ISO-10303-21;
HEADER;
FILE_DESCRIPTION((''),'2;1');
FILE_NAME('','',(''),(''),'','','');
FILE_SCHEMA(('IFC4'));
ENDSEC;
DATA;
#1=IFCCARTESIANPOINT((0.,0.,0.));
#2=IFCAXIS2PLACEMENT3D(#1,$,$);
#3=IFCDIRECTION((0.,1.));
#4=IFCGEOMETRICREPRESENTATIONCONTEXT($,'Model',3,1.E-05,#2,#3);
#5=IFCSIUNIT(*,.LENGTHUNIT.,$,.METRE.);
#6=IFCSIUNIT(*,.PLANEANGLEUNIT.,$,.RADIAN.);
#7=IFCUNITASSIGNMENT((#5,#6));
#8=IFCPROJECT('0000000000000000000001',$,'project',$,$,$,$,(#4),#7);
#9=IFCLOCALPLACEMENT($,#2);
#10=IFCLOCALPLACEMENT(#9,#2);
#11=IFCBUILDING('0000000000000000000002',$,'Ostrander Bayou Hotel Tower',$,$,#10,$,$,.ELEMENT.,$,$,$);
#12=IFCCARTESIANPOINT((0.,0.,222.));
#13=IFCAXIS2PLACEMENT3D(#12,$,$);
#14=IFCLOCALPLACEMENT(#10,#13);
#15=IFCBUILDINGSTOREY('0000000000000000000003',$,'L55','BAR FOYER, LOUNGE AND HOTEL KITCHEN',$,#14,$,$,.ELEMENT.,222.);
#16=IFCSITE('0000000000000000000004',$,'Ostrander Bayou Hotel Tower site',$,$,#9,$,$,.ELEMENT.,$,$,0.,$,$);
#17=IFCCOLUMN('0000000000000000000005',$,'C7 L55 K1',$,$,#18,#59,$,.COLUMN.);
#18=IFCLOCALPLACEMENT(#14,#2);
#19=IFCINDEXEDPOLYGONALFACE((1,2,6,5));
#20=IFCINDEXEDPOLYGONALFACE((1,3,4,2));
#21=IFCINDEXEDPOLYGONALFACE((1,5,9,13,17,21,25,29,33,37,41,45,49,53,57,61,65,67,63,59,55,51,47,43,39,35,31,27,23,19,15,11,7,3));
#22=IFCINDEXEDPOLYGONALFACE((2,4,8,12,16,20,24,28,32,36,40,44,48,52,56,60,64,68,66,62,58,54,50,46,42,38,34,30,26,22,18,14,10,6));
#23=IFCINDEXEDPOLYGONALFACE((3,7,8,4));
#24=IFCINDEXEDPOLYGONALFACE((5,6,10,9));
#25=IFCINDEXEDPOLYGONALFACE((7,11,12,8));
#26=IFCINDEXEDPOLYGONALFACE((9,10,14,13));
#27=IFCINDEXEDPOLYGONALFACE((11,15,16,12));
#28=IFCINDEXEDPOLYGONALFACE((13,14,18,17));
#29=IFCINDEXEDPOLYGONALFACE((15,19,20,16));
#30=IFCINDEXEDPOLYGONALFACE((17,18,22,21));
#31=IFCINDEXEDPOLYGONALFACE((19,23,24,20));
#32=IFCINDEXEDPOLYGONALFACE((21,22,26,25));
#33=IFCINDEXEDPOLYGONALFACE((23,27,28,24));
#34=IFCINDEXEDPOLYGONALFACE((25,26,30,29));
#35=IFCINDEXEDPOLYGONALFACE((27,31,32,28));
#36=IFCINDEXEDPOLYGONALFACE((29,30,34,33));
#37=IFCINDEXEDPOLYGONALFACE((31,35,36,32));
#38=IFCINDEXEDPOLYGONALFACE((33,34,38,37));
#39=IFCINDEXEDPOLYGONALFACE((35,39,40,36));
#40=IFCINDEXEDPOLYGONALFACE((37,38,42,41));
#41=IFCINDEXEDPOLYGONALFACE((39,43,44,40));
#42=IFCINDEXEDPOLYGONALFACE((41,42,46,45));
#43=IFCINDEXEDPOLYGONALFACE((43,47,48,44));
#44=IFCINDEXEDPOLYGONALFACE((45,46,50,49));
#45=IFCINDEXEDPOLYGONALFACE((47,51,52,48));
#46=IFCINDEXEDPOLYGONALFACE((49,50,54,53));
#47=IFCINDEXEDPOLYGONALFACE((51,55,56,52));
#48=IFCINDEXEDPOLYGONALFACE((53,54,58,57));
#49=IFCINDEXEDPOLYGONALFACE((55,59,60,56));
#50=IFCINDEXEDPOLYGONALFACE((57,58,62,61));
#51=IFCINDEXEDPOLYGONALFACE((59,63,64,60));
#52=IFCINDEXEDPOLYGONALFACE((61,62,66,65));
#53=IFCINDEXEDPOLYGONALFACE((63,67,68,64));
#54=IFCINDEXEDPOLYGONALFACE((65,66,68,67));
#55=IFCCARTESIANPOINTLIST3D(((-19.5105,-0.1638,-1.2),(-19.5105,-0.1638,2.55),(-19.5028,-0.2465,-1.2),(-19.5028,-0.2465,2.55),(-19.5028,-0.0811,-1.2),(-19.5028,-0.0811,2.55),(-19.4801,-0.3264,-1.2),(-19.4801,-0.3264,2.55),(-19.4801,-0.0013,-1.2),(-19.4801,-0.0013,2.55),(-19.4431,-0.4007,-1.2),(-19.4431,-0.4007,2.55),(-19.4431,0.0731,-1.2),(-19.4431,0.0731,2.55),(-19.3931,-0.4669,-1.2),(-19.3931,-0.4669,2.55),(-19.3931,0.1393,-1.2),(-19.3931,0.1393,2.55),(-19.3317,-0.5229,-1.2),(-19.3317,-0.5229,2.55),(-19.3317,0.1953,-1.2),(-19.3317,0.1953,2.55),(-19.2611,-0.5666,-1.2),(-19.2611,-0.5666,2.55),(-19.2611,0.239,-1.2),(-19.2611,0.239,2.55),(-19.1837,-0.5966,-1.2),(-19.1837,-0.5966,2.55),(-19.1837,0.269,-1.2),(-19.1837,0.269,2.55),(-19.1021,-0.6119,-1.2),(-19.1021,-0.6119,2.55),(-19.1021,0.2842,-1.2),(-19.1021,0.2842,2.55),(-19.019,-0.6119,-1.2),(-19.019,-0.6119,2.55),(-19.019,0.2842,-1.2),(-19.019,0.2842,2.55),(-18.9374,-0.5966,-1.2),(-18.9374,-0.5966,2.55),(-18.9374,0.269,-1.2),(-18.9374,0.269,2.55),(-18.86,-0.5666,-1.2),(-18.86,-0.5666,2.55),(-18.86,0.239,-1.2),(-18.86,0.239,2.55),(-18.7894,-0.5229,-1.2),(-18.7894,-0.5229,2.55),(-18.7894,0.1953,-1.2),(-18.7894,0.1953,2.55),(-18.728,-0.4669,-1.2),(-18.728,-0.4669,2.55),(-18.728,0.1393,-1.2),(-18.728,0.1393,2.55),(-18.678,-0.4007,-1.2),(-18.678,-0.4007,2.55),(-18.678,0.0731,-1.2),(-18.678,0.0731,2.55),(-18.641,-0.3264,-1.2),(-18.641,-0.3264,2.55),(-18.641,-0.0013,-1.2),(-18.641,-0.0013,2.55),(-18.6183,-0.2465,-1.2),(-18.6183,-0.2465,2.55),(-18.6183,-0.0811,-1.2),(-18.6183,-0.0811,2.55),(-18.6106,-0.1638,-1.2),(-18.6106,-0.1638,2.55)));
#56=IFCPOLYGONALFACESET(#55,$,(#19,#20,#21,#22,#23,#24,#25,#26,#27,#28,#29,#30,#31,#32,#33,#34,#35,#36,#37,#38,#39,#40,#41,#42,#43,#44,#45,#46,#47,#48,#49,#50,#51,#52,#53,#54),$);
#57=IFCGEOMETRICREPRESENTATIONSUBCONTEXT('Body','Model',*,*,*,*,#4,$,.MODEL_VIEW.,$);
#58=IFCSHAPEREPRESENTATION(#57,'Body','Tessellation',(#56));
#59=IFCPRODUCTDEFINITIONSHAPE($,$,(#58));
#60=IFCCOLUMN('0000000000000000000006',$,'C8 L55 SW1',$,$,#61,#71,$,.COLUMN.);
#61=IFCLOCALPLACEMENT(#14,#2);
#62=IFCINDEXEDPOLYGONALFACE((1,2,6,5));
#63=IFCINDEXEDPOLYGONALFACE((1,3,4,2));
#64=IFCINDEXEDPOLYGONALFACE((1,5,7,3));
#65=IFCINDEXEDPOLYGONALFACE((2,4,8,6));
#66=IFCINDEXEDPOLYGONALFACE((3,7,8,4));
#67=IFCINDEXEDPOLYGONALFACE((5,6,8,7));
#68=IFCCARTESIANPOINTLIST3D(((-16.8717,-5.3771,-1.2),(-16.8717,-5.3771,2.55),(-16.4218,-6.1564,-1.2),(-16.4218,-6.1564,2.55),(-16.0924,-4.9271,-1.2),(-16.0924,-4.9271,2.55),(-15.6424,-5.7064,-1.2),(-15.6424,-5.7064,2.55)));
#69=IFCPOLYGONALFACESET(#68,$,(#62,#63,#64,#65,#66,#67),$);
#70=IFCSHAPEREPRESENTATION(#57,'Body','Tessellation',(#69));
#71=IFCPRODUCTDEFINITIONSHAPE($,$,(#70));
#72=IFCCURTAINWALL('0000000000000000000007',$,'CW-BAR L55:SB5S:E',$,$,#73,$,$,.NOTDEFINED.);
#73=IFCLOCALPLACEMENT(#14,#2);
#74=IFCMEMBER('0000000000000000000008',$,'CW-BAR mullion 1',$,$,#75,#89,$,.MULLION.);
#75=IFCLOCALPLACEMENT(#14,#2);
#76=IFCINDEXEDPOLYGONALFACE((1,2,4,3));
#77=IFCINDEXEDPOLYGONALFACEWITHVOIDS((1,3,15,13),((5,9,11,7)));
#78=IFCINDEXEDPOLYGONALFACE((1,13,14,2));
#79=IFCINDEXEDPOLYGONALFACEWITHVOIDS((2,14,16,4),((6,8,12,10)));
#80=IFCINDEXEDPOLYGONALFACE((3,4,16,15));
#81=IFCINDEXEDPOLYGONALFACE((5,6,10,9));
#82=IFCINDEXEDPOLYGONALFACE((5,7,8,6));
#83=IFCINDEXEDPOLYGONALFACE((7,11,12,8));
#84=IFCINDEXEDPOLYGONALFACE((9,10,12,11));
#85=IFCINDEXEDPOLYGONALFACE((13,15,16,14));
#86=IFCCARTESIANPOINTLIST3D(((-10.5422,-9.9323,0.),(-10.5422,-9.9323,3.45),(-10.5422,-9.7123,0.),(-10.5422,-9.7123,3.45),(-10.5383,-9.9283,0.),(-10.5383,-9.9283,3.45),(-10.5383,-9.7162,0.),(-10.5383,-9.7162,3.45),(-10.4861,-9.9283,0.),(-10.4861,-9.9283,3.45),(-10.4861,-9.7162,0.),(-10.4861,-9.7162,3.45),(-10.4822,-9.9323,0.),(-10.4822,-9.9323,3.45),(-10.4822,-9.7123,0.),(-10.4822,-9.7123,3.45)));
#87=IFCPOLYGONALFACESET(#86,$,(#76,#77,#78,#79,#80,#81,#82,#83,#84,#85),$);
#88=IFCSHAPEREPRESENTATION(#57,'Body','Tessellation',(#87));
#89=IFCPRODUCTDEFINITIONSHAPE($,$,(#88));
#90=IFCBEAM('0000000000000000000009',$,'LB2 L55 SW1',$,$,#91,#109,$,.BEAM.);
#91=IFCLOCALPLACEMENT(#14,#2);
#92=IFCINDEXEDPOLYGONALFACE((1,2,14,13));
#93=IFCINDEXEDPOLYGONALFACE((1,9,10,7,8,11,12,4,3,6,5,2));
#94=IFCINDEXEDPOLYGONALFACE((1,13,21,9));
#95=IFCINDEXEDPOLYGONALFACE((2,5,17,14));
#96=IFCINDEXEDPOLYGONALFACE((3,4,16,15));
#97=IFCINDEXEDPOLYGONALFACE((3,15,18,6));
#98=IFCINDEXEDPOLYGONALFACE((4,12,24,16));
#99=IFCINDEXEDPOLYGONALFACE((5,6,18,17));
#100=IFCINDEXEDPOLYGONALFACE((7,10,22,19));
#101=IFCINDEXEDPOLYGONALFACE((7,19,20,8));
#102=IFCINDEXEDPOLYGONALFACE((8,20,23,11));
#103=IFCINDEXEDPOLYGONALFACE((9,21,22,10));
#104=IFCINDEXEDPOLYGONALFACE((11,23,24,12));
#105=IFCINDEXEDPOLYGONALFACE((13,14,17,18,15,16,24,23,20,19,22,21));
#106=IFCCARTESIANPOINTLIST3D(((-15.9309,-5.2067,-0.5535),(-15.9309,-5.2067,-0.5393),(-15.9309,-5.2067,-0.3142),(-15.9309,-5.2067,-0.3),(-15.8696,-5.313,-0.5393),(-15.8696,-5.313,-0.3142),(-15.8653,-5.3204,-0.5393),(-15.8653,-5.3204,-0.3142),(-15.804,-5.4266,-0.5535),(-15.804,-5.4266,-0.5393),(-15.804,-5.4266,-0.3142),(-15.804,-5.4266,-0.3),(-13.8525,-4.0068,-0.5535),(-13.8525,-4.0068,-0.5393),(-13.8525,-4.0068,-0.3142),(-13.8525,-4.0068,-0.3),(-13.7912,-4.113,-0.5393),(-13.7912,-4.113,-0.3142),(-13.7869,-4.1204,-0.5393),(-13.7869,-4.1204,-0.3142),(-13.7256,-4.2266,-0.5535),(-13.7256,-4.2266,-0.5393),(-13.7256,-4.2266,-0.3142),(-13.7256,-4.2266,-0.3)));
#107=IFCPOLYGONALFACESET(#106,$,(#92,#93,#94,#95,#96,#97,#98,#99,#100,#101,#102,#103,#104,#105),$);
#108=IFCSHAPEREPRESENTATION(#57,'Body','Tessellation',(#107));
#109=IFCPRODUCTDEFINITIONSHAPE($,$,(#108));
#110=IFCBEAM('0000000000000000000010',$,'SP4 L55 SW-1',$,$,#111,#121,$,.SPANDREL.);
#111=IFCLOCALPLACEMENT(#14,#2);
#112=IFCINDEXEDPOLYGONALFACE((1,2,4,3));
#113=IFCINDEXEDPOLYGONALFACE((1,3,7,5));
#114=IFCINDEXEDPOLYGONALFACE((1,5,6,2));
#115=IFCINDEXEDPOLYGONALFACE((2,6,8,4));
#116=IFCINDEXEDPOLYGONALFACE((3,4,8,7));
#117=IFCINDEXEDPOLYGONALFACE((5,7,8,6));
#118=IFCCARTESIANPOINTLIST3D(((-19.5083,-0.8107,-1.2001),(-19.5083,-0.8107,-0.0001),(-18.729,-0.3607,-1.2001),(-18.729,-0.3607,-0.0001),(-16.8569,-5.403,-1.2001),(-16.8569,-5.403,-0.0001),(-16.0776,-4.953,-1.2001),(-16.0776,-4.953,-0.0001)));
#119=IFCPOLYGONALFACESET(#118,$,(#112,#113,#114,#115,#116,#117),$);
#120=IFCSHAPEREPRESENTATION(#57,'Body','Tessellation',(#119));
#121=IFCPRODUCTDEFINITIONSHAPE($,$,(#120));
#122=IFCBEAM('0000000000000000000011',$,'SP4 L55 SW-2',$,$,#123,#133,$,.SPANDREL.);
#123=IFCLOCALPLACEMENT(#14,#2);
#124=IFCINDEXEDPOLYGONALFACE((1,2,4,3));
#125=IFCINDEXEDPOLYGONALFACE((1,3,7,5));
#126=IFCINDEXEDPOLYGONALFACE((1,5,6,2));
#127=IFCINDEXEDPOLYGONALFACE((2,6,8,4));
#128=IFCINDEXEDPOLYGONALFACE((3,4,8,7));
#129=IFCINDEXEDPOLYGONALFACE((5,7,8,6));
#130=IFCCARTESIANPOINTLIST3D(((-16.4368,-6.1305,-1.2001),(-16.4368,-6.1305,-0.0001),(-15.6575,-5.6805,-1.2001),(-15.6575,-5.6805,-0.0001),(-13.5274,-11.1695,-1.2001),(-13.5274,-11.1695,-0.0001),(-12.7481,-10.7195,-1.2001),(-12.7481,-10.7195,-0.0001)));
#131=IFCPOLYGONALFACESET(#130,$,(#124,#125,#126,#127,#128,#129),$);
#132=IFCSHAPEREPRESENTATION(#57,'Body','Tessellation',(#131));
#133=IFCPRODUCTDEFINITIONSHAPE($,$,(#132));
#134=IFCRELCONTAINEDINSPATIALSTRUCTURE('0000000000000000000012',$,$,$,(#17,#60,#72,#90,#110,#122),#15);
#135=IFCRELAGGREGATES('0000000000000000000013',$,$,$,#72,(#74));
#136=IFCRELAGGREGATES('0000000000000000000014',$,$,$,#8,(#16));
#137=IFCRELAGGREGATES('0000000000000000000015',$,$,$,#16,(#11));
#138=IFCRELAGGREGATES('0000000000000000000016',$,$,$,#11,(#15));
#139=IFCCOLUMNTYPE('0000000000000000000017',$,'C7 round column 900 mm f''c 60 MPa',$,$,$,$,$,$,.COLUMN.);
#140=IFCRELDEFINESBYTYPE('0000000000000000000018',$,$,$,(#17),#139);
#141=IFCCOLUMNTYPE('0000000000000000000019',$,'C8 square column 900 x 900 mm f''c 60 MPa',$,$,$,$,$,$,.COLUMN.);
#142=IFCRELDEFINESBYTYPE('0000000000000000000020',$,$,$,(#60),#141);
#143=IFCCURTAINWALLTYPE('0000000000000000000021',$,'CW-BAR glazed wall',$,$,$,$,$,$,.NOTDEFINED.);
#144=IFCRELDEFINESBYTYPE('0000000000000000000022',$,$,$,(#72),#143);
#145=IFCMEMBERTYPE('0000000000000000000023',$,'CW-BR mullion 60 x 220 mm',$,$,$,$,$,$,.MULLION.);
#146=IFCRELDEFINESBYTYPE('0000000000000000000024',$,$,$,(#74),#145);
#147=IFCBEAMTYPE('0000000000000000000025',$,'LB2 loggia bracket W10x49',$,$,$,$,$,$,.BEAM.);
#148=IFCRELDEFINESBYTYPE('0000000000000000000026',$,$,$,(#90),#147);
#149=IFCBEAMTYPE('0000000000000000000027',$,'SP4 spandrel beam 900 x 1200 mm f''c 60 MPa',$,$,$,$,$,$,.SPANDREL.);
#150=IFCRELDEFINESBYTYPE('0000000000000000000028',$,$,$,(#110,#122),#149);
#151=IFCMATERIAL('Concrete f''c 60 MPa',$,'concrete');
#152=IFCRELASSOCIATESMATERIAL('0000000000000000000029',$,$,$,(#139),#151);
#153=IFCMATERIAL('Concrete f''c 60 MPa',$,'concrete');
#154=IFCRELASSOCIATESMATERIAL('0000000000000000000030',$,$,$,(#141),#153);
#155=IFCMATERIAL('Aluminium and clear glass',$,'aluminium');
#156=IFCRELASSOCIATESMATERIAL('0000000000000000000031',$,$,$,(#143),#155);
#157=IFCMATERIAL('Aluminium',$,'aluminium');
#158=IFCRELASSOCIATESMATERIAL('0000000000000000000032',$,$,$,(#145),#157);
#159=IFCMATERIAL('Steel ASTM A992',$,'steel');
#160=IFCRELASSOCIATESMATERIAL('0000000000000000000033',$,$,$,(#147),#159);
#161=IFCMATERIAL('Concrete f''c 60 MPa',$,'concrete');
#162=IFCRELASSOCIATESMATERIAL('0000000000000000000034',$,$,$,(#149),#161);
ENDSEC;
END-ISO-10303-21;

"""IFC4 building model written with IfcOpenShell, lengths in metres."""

from ifc_helpers import new_model, si_unit, direction, frame, origin, origin_2d, place, context, subcontext, project, spatial, rectangle, hollow_rectangle, circle, i_section, extrude, material, material_profile, profile_set, type_object, element, aggregate, save


model = new_model("IFC4")

# Units and contexts
model_context = context("Model", 3, precision=1e-05, world=origin(), true_north=direction((0.0, 1.0)))
body_context = subcontext(model_context, "Body", "Model", "MODEL_VIEW")
ifc_project = project(units=[si_unit("LENGTHUNIT", "METRE"), si_unit("PLANEANGLEUNIT", "RADIAN")], contexts=[model_context])

# Site, building, storey
site_placement = place(None, origin())
site = spatial("IfcSite", under=ifc_project, at=site_placement, Name="Ostrander Bayou Hotel Tower site", CompositionType="ELEMENT", RefElevation=0.0)
building_placement = place(site_placement, origin())
building = spatial("IfcBuilding", under=site, at=building_placement, Name="Ostrander Bayou Hotel Tower", CompositionType="ELEMENT")
storey_placement = place(building_placement, frame((0.0, 0.0, 222.0)))
storey = spatial("IfcBuildingStorey", under=building, at=storey_placement, Name="L55", Description="BAR FOYER, LOUNGE AND HOTEL KITCHEN", CompositionType="ELEMENT", Elevation=222.0)

# Columns
ifc_material_1 = material(Name="Concrete f'c 60 MPa", Category="concrete")
ifc_material_profile_1 = material_profile(ifc_material_1, circle(Radius=0.45, at=origin_2d()))
ifc_profile_set_1 = profile_set([ifc_material_profile_1], Name="Concrete f'c 60 MPa")
column_type_1 = type_object("IfcColumnType", Name="C7 round column 900 mm f'c 60 MPa", PredefinedType="COLUMN", material=ifc_profile_set_1)
column_1_placement = place(storey_placement, frame((-19.0605, -0.1638, -1.2), z_axis=(0.0, 0.0, 1.0), x_axis=(1.0, 0.0, 0.0)))
element("IfcColumn", 1, at=column_1_placement, inside=storey, type_object=column_type_1, Name="C7 L55 K1", PredefinedType="COLUMN", context=body_context, shape_type="SweptSolid", body=[
    extrude(circle(Radius=0.45, at=origin_2d()), origin(), (0.0, 0.0, 1.0), 3.75),
])
ifc_material_2 = material(Name="Concrete f'c 60 MPa", Category="concrete")
ifc_material_profile_2 = material_profile(ifc_material_2, rectangle(XDim=0.8999, YDim=0.8999, at=origin_2d()))
ifc_profile_set_2 = profile_set([ifc_material_profile_2], Name="Concrete f'c 60 MPa")
column_type_2 = type_object("IfcColumnType", Name="C8 square column 900 x 900 mm f'c 60 MPa", PredefinedType="COLUMN", material=ifc_profile_set_2)
column_2_placement = place(storey_placement, frame((-16.2571, -5.5417, -1.2), z_axis=(0.0, 0.0, 1.0), x_axis=(-0.5, 0.866025, 0.0)))
element("IfcColumn", 2, at=column_2_placement, inside=storey, type_object=column_type_2, Name="C8 L55 SW1", PredefinedType="COLUMN", context=body_context, shape_type="SweptSolid", body=[
    extrude(rectangle(XDim=0.8999, YDim=0.8999, at=origin_2d()), origin(), (0.0, 0.0, 1.0), 3.75),
])

# Curtain wall, member
ifc_material_3 = material(Name="Aluminium and clear glass", Category="aluminium")
curtain_wall_type = type_object("IfcCurtainWallType", Name="CW-BAR glazed wall", PredefinedType="NOTDEFINED", material=ifc_material_3)
curtain_wall_placement = place(storey_placement, origin())
curtain_wall = element("IfcCurtainWall", 3, at=curtain_wall_placement, inside=storey, type_object=curtain_wall_type, Name="CW-BAR L55:SB5S:E", PredefinedType="NOTDEFINED")
ifc_material_4 = material(Name="Aluminium", Category="aluminium")
ifc_material_profile_3 = material_profile(ifc_material_4, hollow_rectangle(XDim=0.0601, YDim=0.22, WallThickness=0.0039, at=origin_2d()))
ifc_profile_set_3 = profile_set([ifc_material_profile_3], Name="Aluminium")
member_type = type_object("IfcMemberType", Name="CW-BR mullion 60 x 220 mm", PredefinedType="MULLION", material=ifc_profile_set_3)
member_placement = place(storey_placement, frame((-10.5122, -9.8223, 0.0), z_axis=(0.0, 0.0, 1.0), x_axis=(1.0, 0.0, 0.0)))
member = element("IfcMember", 4, at=member_placement, type_object=member_type, Name="CW-BAR mullion 1", PredefinedType="MULLION", context=body_context, shape_type="SweptSolid", body=[
    extrude(hollow_rectangle(XDim=0.0601, YDim=0.22, WallThickness=0.0039, at=origin_2d()), origin(), (0.0, 0.0, 1.0), 3.45),
])
aggregate(curtain_wall, [member])

# Beams
ifc_material_5 = material(Name="Steel ASTM A992", Category="steel")
ifc_material_profile_4 = material_profile(ifc_material_5, i_section(OverallWidth=0.2539, OverallDepth=0.2534, WebThickness=0.0085, FlangeThickness=0.0142, at=origin_2d()))
ifc_profile_set_4 = profile_set([ifc_material_profile_4], Name="Steel ASTM A992")
beam_type_1 = type_object("IfcBeamType", Name="LB2 loggia bracket W10x49", PredefinedType="BEAM", material=ifc_profile_set_4)
beam_1_placement = place(storey_placement, frame((-15.8674, -5.3167, -0.4268), z_axis=(0.866025, 0.500001, 0.0), x_axis=(-0.500001, 0.866025, 0.0)))
element("IfcBeam", 5, at=beam_1_placement, inside=storey, type_object=beam_type_1, Name="LB2 L55 SW1", PredefinedType="BEAM", context=body_context, shape_type="SweptSolid", body=[
    extrude(i_section(OverallWidth=0.2539, OverallDepth=0.2534, WebThickness=0.0085, FlangeThickness=0.0142, at=origin_2d()), origin(), (0.0, 0.0, 1.0), 2.3999),
])
ifc_material_6 = material(Name="Concrete f'c 60 MPa", Category="concrete")
ifc_material_profile_5 = material_profile(ifc_material_6, rectangle(XDim=0.8999, YDim=1.2, at=origin_2d()))
ifc_profile_set_5 = profile_set([ifc_material_profile_5], Name="Concrete f'c 60 MPa")
beam_type_2 = type_object("IfcBeamType", Name="SP4 spandrel beam 900 x 1200 mm f'c 60 MPa", PredefinedType="SPANDREL", material=ifc_profile_set_5)
beam_2_placement = place(storey_placement, frame((-19.1187, -0.5857, -0.6001), z_axis=(0.500001, -0.866025, 0.0), x_axis=(0.866025, 0.500001, 0.0)))
element("IfcBeam", 6, at=beam_2_placement, inside=storey, type_object=beam_type_2, Name="SP4 L55 SW-1", PredefinedType="SPANDREL", context=body_context, shape_type="SweptSolid", body=[
    extrude(rectangle(XDim=0.8999, YDim=1.2, at=origin_2d()), origin(), (0.0, 0.0, 1.0), 5.3027),
])
beam_3_placement = place(storey_placement, frame((-16.0471, -5.9055, -0.6001), z_axis=(0.500015, -0.866016, 0.0), x_axis=(0.866016, 0.500015, 0.0)))
element("IfcBeam", 7, at=beam_3_placement, inside=storey, type_object=beam_type_2, Name="SP4 L55 SW-2", PredefinedType="SPANDREL", context=body_context, shape_type="SweptSolid", body=[
    extrude(rectangle(XDim=0.8999, YDim=1.2, at=origin_2d()), origin(), (0.0, 0.0, 1.0), 5.8186),
])

save(model, "model.ifc")
